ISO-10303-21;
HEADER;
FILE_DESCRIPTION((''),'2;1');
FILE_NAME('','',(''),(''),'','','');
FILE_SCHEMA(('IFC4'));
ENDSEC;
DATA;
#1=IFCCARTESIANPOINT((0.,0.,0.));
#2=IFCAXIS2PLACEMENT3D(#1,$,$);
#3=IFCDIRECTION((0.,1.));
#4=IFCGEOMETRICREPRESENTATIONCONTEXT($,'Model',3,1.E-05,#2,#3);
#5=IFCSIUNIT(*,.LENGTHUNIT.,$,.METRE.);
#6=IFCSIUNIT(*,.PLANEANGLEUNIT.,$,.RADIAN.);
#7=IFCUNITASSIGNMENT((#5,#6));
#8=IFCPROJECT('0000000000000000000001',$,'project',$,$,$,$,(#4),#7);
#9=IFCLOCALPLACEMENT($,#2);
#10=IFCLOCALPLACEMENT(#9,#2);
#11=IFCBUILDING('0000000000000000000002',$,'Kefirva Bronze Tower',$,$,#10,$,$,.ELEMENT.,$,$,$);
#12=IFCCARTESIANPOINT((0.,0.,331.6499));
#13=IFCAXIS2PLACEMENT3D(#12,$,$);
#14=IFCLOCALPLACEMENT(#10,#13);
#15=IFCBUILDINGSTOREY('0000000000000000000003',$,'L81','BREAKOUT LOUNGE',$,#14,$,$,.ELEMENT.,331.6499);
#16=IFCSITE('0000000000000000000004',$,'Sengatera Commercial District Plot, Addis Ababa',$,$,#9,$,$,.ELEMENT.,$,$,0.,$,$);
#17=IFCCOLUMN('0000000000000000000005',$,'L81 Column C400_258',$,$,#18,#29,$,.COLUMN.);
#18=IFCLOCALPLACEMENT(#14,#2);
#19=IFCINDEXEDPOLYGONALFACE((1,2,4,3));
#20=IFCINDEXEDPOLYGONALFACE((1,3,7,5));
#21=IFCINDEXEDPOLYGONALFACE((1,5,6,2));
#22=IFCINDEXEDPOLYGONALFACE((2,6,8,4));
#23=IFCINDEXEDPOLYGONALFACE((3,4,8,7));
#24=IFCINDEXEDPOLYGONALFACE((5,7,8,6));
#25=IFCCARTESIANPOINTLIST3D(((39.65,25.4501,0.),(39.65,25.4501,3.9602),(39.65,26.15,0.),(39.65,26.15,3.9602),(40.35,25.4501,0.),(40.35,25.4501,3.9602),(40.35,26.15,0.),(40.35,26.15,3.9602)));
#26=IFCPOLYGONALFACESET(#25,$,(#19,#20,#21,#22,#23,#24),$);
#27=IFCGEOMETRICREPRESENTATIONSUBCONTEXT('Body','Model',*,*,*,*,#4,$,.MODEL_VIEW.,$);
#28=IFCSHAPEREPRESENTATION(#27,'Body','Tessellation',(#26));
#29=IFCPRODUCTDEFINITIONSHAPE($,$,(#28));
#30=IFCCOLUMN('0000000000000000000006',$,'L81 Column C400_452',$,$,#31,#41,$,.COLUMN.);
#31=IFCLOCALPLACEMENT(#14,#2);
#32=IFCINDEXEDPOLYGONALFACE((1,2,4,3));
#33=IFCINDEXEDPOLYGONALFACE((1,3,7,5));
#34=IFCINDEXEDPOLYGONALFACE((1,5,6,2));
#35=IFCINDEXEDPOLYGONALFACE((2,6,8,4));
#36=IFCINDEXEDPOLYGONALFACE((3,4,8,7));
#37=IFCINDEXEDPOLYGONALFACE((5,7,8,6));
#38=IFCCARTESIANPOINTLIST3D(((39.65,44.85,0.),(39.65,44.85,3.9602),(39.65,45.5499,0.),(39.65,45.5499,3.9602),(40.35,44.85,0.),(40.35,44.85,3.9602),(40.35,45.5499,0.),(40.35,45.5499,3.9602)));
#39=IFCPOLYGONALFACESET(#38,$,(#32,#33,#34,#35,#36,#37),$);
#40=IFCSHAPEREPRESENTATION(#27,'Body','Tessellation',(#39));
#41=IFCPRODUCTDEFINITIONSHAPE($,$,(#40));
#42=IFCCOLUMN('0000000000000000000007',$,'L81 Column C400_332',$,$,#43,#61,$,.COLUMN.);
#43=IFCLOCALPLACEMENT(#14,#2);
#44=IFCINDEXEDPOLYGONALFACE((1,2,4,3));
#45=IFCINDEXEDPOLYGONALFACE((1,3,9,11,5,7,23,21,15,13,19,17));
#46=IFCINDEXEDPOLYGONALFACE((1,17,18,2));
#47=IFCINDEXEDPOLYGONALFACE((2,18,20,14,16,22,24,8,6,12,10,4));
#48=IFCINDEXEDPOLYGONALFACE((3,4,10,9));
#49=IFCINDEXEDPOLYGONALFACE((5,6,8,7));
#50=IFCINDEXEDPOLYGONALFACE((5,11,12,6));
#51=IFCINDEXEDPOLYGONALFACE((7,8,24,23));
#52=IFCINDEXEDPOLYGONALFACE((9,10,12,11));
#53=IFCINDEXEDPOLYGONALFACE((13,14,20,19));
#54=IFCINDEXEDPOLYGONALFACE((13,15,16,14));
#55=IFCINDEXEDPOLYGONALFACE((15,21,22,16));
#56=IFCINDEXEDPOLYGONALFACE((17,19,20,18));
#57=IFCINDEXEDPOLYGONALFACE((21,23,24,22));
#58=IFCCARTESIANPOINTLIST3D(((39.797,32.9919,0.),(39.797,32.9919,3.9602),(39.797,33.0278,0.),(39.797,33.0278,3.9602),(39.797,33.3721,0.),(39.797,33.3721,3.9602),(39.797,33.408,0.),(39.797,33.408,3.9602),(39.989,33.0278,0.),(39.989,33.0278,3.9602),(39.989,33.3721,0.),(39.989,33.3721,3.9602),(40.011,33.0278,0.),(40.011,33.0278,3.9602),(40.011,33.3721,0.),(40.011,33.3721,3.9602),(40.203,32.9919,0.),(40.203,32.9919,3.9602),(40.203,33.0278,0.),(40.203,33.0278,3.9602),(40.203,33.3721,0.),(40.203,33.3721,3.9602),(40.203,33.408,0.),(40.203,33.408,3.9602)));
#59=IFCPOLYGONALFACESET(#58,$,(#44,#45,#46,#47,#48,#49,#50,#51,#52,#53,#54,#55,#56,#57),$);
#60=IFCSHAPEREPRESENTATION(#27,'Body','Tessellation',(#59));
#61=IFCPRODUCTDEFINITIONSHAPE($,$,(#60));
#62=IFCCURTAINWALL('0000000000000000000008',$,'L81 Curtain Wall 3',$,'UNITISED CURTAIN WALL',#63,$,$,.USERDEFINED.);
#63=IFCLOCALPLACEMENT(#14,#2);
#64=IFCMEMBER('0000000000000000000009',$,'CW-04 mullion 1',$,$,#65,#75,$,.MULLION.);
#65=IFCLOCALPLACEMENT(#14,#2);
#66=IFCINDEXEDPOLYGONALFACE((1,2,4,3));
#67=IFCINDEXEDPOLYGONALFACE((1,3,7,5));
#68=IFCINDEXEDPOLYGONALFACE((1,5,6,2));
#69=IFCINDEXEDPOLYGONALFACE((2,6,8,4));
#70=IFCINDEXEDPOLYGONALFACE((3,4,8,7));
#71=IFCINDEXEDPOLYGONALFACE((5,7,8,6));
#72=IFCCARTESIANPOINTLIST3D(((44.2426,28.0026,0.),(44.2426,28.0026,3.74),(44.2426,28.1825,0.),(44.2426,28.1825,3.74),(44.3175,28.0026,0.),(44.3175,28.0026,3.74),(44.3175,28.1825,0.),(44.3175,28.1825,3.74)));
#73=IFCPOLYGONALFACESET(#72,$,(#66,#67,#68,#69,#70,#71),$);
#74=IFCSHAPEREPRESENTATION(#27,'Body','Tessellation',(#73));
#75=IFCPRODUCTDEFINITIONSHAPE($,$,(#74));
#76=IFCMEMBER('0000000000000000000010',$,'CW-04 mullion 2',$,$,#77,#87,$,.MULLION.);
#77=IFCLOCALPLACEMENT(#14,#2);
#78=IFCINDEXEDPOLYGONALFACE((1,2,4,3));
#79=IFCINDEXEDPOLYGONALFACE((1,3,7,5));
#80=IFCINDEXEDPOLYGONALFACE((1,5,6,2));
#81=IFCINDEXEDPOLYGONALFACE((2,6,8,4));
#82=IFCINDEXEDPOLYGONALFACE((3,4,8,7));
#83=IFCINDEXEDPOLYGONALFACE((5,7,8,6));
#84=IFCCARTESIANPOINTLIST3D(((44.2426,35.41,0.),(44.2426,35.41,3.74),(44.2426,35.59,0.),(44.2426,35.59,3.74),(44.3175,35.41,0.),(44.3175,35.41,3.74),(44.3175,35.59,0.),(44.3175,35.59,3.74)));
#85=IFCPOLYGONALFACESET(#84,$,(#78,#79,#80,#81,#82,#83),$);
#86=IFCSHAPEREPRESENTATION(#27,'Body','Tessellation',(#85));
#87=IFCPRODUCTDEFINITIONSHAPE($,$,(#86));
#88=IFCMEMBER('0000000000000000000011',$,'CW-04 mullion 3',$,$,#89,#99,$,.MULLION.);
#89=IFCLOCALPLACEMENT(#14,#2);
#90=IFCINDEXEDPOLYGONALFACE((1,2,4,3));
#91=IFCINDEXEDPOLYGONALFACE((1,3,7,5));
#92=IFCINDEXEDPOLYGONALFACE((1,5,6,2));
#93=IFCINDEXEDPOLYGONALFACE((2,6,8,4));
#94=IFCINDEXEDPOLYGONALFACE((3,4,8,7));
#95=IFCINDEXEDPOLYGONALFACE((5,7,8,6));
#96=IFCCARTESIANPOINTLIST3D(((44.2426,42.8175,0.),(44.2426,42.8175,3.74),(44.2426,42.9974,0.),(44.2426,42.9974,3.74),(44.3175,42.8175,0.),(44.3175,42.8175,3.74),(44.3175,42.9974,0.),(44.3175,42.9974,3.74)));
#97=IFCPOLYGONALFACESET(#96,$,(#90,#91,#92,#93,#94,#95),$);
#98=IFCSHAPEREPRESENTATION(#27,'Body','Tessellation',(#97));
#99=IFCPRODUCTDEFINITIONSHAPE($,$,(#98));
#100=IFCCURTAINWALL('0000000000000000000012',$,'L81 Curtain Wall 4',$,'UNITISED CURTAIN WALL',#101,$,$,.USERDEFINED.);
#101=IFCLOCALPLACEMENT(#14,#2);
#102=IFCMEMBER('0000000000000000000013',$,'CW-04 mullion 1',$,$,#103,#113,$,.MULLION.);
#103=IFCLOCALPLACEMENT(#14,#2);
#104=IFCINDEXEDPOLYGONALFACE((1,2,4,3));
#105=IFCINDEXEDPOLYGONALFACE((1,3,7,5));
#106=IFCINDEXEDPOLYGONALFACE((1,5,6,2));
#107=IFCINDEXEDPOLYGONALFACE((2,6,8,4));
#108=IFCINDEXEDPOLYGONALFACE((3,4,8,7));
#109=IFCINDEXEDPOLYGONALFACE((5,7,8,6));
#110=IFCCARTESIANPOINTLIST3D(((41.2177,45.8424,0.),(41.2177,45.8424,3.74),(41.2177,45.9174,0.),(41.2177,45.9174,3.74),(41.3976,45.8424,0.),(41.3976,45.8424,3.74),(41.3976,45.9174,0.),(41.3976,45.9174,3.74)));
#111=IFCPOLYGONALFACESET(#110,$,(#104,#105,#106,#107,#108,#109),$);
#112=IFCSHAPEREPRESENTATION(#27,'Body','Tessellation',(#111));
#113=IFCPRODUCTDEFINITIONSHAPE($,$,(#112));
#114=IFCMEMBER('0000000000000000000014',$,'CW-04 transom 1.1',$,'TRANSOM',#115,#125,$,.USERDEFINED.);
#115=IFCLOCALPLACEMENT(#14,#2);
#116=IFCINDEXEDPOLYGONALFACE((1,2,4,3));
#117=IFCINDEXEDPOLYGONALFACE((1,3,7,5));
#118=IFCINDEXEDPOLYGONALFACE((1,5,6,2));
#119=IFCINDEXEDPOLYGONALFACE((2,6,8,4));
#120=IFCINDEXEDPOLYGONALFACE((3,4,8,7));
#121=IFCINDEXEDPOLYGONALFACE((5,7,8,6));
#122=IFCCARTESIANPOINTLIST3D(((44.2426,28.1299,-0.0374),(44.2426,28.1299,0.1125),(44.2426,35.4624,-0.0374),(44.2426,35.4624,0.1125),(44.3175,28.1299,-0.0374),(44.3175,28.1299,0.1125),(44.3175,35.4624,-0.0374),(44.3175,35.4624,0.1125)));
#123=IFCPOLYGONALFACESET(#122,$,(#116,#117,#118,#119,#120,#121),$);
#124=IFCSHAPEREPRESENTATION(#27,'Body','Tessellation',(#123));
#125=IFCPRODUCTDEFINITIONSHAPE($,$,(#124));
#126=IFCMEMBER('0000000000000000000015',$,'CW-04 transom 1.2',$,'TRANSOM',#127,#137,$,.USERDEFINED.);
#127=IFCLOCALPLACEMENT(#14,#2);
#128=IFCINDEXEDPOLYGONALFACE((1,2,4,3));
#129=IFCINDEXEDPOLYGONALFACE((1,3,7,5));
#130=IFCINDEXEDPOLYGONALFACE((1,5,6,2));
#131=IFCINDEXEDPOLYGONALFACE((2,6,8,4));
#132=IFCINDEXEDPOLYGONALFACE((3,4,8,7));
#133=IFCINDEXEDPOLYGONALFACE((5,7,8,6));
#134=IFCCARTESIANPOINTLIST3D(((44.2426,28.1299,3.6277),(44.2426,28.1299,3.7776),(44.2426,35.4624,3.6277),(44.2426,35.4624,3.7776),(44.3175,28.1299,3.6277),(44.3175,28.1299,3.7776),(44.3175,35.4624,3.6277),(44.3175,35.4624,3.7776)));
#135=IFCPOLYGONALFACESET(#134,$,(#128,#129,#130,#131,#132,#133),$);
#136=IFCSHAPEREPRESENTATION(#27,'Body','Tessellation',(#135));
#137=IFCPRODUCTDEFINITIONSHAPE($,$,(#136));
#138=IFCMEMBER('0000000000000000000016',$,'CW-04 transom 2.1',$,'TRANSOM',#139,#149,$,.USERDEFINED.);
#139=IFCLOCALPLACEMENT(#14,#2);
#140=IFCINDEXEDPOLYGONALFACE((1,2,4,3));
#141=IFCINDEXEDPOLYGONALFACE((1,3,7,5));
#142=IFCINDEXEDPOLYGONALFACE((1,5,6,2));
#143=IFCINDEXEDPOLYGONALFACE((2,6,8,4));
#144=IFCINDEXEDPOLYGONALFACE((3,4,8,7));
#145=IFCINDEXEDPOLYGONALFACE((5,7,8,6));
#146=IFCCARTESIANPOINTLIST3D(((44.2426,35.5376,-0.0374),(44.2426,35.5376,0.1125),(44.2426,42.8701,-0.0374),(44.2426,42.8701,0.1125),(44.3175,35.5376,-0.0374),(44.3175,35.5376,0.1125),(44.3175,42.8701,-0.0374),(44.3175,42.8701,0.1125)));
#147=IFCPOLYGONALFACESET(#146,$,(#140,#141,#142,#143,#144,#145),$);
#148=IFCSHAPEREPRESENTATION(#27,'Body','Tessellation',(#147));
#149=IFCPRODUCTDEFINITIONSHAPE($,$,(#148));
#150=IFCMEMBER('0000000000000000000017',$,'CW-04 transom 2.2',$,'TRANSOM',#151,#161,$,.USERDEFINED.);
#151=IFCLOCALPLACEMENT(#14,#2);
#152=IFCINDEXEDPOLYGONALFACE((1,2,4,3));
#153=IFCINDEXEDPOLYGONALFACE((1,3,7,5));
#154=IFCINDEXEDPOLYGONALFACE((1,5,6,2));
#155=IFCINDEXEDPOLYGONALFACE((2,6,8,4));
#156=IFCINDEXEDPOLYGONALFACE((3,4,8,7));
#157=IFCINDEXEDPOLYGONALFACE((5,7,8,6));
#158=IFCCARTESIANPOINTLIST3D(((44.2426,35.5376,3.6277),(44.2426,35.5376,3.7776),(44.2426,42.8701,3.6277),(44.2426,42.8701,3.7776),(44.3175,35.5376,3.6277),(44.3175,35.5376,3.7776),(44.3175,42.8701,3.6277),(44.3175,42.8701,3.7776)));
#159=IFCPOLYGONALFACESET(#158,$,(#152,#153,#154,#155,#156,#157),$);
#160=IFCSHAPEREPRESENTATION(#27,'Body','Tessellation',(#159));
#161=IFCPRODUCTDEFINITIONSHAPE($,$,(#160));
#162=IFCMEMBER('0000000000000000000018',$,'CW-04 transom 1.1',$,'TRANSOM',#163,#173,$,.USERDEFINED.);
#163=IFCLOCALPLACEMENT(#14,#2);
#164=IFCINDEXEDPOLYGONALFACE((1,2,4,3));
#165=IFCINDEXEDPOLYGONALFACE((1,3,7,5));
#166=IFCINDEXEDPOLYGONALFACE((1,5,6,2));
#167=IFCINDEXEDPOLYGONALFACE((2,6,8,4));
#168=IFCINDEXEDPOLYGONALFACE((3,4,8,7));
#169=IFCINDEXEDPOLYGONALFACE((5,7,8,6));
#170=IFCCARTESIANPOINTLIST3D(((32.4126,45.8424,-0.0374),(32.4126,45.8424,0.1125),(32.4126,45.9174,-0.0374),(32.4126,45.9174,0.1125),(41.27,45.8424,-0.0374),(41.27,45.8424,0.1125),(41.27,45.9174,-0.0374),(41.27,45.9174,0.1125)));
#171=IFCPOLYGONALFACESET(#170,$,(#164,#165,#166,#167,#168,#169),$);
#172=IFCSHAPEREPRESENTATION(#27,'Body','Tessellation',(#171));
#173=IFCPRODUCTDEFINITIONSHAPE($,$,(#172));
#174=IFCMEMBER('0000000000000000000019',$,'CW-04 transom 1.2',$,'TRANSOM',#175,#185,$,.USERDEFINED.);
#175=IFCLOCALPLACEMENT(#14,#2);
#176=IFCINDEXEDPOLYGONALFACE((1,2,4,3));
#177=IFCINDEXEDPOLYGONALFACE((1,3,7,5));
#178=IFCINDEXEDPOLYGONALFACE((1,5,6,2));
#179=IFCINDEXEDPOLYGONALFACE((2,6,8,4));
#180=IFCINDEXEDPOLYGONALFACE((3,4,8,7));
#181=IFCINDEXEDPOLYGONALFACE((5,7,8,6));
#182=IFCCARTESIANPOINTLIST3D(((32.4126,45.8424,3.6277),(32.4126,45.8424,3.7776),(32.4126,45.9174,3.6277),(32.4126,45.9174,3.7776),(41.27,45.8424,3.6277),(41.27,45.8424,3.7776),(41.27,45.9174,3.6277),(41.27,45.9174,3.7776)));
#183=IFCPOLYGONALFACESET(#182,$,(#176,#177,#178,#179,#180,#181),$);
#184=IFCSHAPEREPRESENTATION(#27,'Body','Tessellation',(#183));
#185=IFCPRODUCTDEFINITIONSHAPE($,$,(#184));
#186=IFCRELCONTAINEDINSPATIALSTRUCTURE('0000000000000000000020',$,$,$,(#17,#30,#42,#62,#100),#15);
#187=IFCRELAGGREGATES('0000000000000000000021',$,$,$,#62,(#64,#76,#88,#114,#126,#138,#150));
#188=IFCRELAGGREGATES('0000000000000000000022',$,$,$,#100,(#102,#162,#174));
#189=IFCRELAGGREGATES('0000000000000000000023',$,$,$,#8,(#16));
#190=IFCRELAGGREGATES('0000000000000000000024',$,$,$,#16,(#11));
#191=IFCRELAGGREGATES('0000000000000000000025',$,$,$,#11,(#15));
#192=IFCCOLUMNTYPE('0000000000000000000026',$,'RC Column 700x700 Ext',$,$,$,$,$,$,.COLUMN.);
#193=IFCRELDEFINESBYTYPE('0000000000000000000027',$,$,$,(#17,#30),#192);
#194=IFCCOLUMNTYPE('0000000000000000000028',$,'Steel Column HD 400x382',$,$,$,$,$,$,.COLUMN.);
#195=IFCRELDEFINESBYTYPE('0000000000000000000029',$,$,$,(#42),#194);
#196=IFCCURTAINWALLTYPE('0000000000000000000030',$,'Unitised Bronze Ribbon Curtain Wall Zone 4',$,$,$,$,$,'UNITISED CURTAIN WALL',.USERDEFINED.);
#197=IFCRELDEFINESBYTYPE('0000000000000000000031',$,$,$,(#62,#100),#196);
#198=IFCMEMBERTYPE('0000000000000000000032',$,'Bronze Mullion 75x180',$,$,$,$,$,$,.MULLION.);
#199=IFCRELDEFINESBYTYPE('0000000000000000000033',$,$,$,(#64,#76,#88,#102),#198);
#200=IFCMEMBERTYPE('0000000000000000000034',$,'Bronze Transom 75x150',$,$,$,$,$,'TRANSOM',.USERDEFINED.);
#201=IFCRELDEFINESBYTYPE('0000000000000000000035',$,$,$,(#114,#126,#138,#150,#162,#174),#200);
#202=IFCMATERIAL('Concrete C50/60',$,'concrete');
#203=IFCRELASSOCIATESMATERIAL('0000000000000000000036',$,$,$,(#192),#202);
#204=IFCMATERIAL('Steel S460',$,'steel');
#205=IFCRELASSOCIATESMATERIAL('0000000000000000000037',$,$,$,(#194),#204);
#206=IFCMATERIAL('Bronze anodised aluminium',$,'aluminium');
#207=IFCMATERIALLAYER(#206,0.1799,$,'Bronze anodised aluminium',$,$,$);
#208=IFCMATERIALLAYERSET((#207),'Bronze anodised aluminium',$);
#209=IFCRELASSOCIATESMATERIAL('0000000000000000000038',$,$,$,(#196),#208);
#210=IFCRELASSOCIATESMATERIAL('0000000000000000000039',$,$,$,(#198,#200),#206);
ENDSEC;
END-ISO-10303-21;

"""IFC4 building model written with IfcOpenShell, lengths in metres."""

from ifc_helpers import new_model, si_unit, direction, frame, origin, origin_2d, place, context, subcontext, project, spatial, rectangle, i_section, extrude, material, layer, layer_set, material_profile, profile_set, type_object, element, aggregate, save


model = new_model("IFC4")

# Units and contexts
model_context = context("Model", 3, precision=1e-05, world=origin(), true_north=direction((0.0, 1.0)))
body_context = subcontext(model_context, "Body", "Model", "MODEL_VIEW")
ifc_project = project(units=[si_unit("LENGTHUNIT", "METRE"), si_unit("PLANEANGLEUNIT", "RADIAN")], contexts=[model_context])

# Site, building, storey
site_placement = place(None, origin())
site = spatial("IfcSite", under=ifc_project, at=site_placement, Name="Sengatera Commercial District Plot, Addis Ababa", CompositionType="ELEMENT", RefElevation=0.0)
building_placement = place(site_placement, origin())
building = spatial("IfcBuilding", under=site, at=building_placement, Name="Kefirva Bronze Tower", CompositionType="ELEMENT")
storey_placement = place(building_placement, frame((0.0, 0.0, 331.6499)))
storey = spatial("IfcBuildingStorey", under=building, at=storey_placement, Name="L81", Description="BREAKOUT LOUNGE", CompositionType="ELEMENT", Elevation=331.6499)

# Columns
ifc_material_1 = material(Name="Concrete C50/60", Category="concrete")
ifc_material_profile_1 = material_profile(ifc_material_1, rectangle(XDim=0.7, YDim=0.7, at=origin_2d()), Name="RC 700x700")
ifc_profile_set_1 = profile_set([ifc_material_profile_1], Name="Concrete C50/60")
column_type_1 = type_object("IfcColumnType", Name="RC Column 700x700 Ext", PredefinedType="COLUMN", material=ifc_profile_set_1)
for number, where, z_axis, x_axis, name in (
    (1, (40.0, 25.8, 0.0), (0.0, 0.0, 1.0), (1.0, 0.0, 0.0), "L81 Column C400_258"),
    (2, (40.0, 45.2, 0.0), (0.0, 0.0, 1.0), (1.0, 0.0, 0.0), "L81 Column C400_452"),
):
    element("IfcColumn", number, at=place(storey_placement, frame(where, z_axis=z_axis, x_axis=x_axis)), inside=storey, type_object=column_type_1, Name=name, PredefinedType="COLUMN", context=body_context, shape_type="SweptSolid", body=[
        extrude(rectangle(XDim=0.7, YDim=0.7, at=origin_2d()), origin(), (0.0, 0.0, 1.0), 3.9602),
    ])
ifc_material_2 = material(Name="Steel S460", Category="steel")
ifc_material_profile_2 = material_profile(ifc_material_2, i_section(OverallWidth=0.406, OverallDepth=0.416, WebThickness=0.022, FlangeThickness=0.0359, at=origin_2d()), Name="HD 400x382")
ifc_profile_set_2 = profile_set([ifc_material_profile_2], Name="Steel S460")
column_type_2 = type_object("IfcColumnType", Name="Steel Column HD 400x382", PredefinedType="COLUMN", material=ifc_profile_set_2)
column_placement = place(storey_placement, frame((40.0, 33.2, 0.0), z_axis=(0.0, 0.0, 1.0), x_axis=(1.0, 0.0, 0.0)))
element("IfcColumn", 3, at=column_placement, inside=storey, type_object=column_type_2, Name="L81 Column C400_332", PredefinedType="COLUMN", context=body_context, shape_type="SweptSolid", body=[
    extrude(i_section(OverallWidth=0.406, OverallDepth=0.416, WebThickness=0.022, FlangeThickness=0.0359, at=origin_2d()), origin(), (0.0, 0.0, 1.0), 3.9602),
])

# Curtain wall, members
ifc_material_3 = material(Name="Bronze anodised aluminium", Category="aluminium")
ifc_layer_1 = layer(ifc_material_3, 0.1799, Name="Bronze anodised aluminium")
ifc_layer_set_1 = layer_set([ifc_layer_1], Name="Bronze anodised aluminium")
curtain_wall_type = type_object("IfcCurtainWallType", Name="Unitised Bronze Ribbon Curtain Wall Zone 4", ElementType="UNITISED CURTAIN WALL", PredefinedType="USERDEFINED", material=ifc_layer_set_1)
curtain_wall_1_placement = place(storey_placement, origin())
curtain_wall_1 = element("IfcCurtainWall", 4, at=curtain_wall_1_placement, inside=storey, type_object=curtain_wall_type, Name="L81 Curtain Wall 3", ObjectType="UNITISED CURTAIN WALL", PredefinedType="USERDEFINED")
ifc_material_profile_3 = material_profile(ifc_material_3, rectangle(XDim=0.075, YDim=0.1799, at=origin_2d()), Name="ALU 75x180")
ifc_profile_set_3 = profile_set([ifc_material_profile_3], Name="Bronze anodised aluminium")
member_type_1 = type_object("IfcMemberType", Name="Bronze Mullion 75x180", PredefinedType="MULLION", material=ifc_profile_set_3)
member_1_placement = place(storey_placement, frame((44.28, 28.0925, 0.0), z_axis=(0.0, 0.0, 1.0), x_axis=(-1.0, 0.0, 0.0)))
member_1 = element("IfcMember", 5, at=member_1_placement, type_object=member_type_1, Name="CW-04 mullion 1", PredefinedType="MULLION", context=body_context, shape_type="SweptSolid", body=[
    extrude(rectangle(XDim=0.075, YDim=0.1799, at=origin_2d()), origin(), (0.0, 0.0, 1.0), 3.74),
])
member_2_placement = place(storey_placement, frame((44.28, 35.5, 0.0), z_axis=(0.0, 0.0, 1.0), x_axis=(-1.0, 0.0, 0.0)))
member_2 = element("IfcMember", 6, at=member_2_placement, type_object=member_type_1, Name="CW-04 mullion 2", PredefinedType="MULLION", context=body_context, shape_type="SweptSolid", body=[
    extrude(rectangle(XDim=0.075, YDim=0.1799, at=origin_2d()), origin(), (0.0, 0.0, 1.0), 3.74),
])
member_3_placement = place(storey_placement, frame((44.28, 42.9075, 0.0), z_axis=(0.0, 0.0, 1.0), x_axis=(-1.0, 0.0, 0.0)))
member_3 = element("IfcMember", 7, at=member_3_placement, type_object=member_type_1, Name="CW-04 mullion 3", PredefinedType="MULLION", context=body_context, shape_type="SweptSolid", body=[
    extrude(rectangle(XDim=0.075, YDim=0.1799, at=origin_2d()), origin(), (0.0, 0.0, 1.0), 3.74),
])

# Curtain wall, member
curtain_wall_2_placement = place(storey_placement, origin())
curtain_wall_2 = element("IfcCurtainWall", 8, at=curtain_wall_2_placement, inside=storey, type_object=curtain_wall_type, Name="L81 Curtain Wall 4", ObjectType="UNITISED CURTAIN WALL", PredefinedType="USERDEFINED")
member_4_placement = place(storey_placement, frame((41.3076, 45.8799, 0.0), z_axis=(0.0, 0.0, 1.0), x_axis=(0.0, -1.0, 0.0)))
member_4 = element("IfcMember", 9, at=member_4_placement, type_object=member_type_1, Name="CW-04 mullion 1", PredefinedType="MULLION", context=body_context, shape_type="SweptSolid", body=[
    extrude(rectangle(XDim=0.075, YDim=0.1799, at=origin_2d()), origin(), (0.0, 0.0, 1.0), 3.74),
])

# Members
ifc_material_profile_4 = material_profile(ifc_material_3, rectangle(XDim=0.075, YDim=0.1499, at=origin_2d()), Name="ALU 75x150")
ifc_profile_set_4 = profile_set([ifc_material_profile_4], Name="Bronze anodised aluminium")
member_type_2 = type_object("IfcMemberType", Name="Bronze Transom 75x150", ElementType="TRANSOM", PredefinedType="USERDEFINED", material=ifc_profile_set_4)
member_5_placement = place(storey_placement, frame((44.28, 28.1299, 0.0376), z_axis=(0.0, 1.0, 0.0), x_axis=(-1.0, 0.0, 0.0)))
member_5 = element("IfcMember", 10, at=member_5_placement, type_object=member_type_2, Name="CW-04 transom 1.1", ObjectType="TRANSOM", PredefinedType="USERDEFINED", context=body_context, shape_type="SweptSolid", body=[
    extrude(rectangle(XDim=0.075, YDim=0.1499, at=origin_2d()), origin(), (0.0, 0.0, 1.0), 7.3325),
])
member_6_placement = place(storey_placement, frame((44.28, 28.1299, 3.7026), z_axis=(0.0, 1.0, 0.0), x_axis=(-1.0, 0.0, 0.0)))
member_6 = element("IfcMember", 11, at=member_6_placement, type_object=member_type_2, Name="CW-04 transom 1.2", ObjectType="TRANSOM", PredefinedType="USERDEFINED", context=body_context, shape_type="SweptSolid", body=[
    extrude(rectangle(XDim=0.075, YDim=0.1499, at=origin_2d()), origin(), (0.0, 0.0, 1.0), 7.3325),
])
member_7_placement = place(storey_placement, frame((44.28, 35.5376, 0.0376), z_axis=(0.0, 1.0, 0.0), x_axis=(-1.0, 0.0, 0.0)))
member_7 = element("IfcMember", 12, at=member_7_placement, type_object=member_type_2, Name="CW-04 transom 2.1", ObjectType="TRANSOM", PredefinedType="USERDEFINED", context=body_context, shape_type="SweptSolid", body=[
    extrude(rectangle(XDim=0.075, YDim=0.1499, at=origin_2d()), origin(), (0.0, 0.0, 1.0), 7.3325),
])
member_8_placement = place(storey_placement, frame((44.28, 35.5376, 3.7026), z_axis=(0.0, 1.0, 0.0), x_axis=(-1.0, 0.0, 0.0)))
member_8 = element("IfcMember", 13, at=member_8_placement, type_object=member_type_2, Name="CW-04 transom 2.2", ObjectType="TRANSOM", PredefinedType="USERDEFINED", context=body_context, shape_type="SweptSolid", body=[
    extrude(rectangle(XDim=0.075, YDim=0.1499, at=origin_2d()), origin(), (0.0, 0.0, 1.0), 7.3325),
])
member_9_placement = place(storey_placement, frame((41.27, 45.8799, 0.0376), z_axis=(-1.0, 0.0, 0.0), x_axis=(0.0, -1.0, 0.0)))
member_9 = element("IfcMember", 14, at=member_9_placement, type_object=member_type_2, Name="CW-04 transom 1.1", ObjectType="TRANSOM", PredefinedType="USERDEFINED", context=body_context, shape_type="SweptSolid", body=[
    extrude(rectangle(XDim=0.075, YDim=0.1499, at=origin_2d()), origin(), (0.0, 0.0, 1.0), 8.8574),
])
member_10_placement = place(storey_placement, frame((41.27, 45.8799, 3.7026), z_axis=(-1.0, 0.0, 0.0), x_axis=(0.0, -1.0, 0.0)))
member_10 = element("IfcMember", 15, at=member_10_placement, type_object=member_type_2, Name="CW-04 transom 1.2", ObjectType="TRANSOM", PredefinedType="USERDEFINED", context=body_context, shape_type="SweptSolid", body=[
    extrude(rectangle(XDim=0.075, YDim=0.1499, at=origin_2d()), origin(), (0.0, 0.0, 1.0), 8.8574),
])

aggregate(curtain_wall_1, [member_1, member_2, member_3, member_5, member_6, member_7, member_8])
aggregate(curtain_wall_2, [member_4, member_9, member_10])

save(model, "model.ifc")
